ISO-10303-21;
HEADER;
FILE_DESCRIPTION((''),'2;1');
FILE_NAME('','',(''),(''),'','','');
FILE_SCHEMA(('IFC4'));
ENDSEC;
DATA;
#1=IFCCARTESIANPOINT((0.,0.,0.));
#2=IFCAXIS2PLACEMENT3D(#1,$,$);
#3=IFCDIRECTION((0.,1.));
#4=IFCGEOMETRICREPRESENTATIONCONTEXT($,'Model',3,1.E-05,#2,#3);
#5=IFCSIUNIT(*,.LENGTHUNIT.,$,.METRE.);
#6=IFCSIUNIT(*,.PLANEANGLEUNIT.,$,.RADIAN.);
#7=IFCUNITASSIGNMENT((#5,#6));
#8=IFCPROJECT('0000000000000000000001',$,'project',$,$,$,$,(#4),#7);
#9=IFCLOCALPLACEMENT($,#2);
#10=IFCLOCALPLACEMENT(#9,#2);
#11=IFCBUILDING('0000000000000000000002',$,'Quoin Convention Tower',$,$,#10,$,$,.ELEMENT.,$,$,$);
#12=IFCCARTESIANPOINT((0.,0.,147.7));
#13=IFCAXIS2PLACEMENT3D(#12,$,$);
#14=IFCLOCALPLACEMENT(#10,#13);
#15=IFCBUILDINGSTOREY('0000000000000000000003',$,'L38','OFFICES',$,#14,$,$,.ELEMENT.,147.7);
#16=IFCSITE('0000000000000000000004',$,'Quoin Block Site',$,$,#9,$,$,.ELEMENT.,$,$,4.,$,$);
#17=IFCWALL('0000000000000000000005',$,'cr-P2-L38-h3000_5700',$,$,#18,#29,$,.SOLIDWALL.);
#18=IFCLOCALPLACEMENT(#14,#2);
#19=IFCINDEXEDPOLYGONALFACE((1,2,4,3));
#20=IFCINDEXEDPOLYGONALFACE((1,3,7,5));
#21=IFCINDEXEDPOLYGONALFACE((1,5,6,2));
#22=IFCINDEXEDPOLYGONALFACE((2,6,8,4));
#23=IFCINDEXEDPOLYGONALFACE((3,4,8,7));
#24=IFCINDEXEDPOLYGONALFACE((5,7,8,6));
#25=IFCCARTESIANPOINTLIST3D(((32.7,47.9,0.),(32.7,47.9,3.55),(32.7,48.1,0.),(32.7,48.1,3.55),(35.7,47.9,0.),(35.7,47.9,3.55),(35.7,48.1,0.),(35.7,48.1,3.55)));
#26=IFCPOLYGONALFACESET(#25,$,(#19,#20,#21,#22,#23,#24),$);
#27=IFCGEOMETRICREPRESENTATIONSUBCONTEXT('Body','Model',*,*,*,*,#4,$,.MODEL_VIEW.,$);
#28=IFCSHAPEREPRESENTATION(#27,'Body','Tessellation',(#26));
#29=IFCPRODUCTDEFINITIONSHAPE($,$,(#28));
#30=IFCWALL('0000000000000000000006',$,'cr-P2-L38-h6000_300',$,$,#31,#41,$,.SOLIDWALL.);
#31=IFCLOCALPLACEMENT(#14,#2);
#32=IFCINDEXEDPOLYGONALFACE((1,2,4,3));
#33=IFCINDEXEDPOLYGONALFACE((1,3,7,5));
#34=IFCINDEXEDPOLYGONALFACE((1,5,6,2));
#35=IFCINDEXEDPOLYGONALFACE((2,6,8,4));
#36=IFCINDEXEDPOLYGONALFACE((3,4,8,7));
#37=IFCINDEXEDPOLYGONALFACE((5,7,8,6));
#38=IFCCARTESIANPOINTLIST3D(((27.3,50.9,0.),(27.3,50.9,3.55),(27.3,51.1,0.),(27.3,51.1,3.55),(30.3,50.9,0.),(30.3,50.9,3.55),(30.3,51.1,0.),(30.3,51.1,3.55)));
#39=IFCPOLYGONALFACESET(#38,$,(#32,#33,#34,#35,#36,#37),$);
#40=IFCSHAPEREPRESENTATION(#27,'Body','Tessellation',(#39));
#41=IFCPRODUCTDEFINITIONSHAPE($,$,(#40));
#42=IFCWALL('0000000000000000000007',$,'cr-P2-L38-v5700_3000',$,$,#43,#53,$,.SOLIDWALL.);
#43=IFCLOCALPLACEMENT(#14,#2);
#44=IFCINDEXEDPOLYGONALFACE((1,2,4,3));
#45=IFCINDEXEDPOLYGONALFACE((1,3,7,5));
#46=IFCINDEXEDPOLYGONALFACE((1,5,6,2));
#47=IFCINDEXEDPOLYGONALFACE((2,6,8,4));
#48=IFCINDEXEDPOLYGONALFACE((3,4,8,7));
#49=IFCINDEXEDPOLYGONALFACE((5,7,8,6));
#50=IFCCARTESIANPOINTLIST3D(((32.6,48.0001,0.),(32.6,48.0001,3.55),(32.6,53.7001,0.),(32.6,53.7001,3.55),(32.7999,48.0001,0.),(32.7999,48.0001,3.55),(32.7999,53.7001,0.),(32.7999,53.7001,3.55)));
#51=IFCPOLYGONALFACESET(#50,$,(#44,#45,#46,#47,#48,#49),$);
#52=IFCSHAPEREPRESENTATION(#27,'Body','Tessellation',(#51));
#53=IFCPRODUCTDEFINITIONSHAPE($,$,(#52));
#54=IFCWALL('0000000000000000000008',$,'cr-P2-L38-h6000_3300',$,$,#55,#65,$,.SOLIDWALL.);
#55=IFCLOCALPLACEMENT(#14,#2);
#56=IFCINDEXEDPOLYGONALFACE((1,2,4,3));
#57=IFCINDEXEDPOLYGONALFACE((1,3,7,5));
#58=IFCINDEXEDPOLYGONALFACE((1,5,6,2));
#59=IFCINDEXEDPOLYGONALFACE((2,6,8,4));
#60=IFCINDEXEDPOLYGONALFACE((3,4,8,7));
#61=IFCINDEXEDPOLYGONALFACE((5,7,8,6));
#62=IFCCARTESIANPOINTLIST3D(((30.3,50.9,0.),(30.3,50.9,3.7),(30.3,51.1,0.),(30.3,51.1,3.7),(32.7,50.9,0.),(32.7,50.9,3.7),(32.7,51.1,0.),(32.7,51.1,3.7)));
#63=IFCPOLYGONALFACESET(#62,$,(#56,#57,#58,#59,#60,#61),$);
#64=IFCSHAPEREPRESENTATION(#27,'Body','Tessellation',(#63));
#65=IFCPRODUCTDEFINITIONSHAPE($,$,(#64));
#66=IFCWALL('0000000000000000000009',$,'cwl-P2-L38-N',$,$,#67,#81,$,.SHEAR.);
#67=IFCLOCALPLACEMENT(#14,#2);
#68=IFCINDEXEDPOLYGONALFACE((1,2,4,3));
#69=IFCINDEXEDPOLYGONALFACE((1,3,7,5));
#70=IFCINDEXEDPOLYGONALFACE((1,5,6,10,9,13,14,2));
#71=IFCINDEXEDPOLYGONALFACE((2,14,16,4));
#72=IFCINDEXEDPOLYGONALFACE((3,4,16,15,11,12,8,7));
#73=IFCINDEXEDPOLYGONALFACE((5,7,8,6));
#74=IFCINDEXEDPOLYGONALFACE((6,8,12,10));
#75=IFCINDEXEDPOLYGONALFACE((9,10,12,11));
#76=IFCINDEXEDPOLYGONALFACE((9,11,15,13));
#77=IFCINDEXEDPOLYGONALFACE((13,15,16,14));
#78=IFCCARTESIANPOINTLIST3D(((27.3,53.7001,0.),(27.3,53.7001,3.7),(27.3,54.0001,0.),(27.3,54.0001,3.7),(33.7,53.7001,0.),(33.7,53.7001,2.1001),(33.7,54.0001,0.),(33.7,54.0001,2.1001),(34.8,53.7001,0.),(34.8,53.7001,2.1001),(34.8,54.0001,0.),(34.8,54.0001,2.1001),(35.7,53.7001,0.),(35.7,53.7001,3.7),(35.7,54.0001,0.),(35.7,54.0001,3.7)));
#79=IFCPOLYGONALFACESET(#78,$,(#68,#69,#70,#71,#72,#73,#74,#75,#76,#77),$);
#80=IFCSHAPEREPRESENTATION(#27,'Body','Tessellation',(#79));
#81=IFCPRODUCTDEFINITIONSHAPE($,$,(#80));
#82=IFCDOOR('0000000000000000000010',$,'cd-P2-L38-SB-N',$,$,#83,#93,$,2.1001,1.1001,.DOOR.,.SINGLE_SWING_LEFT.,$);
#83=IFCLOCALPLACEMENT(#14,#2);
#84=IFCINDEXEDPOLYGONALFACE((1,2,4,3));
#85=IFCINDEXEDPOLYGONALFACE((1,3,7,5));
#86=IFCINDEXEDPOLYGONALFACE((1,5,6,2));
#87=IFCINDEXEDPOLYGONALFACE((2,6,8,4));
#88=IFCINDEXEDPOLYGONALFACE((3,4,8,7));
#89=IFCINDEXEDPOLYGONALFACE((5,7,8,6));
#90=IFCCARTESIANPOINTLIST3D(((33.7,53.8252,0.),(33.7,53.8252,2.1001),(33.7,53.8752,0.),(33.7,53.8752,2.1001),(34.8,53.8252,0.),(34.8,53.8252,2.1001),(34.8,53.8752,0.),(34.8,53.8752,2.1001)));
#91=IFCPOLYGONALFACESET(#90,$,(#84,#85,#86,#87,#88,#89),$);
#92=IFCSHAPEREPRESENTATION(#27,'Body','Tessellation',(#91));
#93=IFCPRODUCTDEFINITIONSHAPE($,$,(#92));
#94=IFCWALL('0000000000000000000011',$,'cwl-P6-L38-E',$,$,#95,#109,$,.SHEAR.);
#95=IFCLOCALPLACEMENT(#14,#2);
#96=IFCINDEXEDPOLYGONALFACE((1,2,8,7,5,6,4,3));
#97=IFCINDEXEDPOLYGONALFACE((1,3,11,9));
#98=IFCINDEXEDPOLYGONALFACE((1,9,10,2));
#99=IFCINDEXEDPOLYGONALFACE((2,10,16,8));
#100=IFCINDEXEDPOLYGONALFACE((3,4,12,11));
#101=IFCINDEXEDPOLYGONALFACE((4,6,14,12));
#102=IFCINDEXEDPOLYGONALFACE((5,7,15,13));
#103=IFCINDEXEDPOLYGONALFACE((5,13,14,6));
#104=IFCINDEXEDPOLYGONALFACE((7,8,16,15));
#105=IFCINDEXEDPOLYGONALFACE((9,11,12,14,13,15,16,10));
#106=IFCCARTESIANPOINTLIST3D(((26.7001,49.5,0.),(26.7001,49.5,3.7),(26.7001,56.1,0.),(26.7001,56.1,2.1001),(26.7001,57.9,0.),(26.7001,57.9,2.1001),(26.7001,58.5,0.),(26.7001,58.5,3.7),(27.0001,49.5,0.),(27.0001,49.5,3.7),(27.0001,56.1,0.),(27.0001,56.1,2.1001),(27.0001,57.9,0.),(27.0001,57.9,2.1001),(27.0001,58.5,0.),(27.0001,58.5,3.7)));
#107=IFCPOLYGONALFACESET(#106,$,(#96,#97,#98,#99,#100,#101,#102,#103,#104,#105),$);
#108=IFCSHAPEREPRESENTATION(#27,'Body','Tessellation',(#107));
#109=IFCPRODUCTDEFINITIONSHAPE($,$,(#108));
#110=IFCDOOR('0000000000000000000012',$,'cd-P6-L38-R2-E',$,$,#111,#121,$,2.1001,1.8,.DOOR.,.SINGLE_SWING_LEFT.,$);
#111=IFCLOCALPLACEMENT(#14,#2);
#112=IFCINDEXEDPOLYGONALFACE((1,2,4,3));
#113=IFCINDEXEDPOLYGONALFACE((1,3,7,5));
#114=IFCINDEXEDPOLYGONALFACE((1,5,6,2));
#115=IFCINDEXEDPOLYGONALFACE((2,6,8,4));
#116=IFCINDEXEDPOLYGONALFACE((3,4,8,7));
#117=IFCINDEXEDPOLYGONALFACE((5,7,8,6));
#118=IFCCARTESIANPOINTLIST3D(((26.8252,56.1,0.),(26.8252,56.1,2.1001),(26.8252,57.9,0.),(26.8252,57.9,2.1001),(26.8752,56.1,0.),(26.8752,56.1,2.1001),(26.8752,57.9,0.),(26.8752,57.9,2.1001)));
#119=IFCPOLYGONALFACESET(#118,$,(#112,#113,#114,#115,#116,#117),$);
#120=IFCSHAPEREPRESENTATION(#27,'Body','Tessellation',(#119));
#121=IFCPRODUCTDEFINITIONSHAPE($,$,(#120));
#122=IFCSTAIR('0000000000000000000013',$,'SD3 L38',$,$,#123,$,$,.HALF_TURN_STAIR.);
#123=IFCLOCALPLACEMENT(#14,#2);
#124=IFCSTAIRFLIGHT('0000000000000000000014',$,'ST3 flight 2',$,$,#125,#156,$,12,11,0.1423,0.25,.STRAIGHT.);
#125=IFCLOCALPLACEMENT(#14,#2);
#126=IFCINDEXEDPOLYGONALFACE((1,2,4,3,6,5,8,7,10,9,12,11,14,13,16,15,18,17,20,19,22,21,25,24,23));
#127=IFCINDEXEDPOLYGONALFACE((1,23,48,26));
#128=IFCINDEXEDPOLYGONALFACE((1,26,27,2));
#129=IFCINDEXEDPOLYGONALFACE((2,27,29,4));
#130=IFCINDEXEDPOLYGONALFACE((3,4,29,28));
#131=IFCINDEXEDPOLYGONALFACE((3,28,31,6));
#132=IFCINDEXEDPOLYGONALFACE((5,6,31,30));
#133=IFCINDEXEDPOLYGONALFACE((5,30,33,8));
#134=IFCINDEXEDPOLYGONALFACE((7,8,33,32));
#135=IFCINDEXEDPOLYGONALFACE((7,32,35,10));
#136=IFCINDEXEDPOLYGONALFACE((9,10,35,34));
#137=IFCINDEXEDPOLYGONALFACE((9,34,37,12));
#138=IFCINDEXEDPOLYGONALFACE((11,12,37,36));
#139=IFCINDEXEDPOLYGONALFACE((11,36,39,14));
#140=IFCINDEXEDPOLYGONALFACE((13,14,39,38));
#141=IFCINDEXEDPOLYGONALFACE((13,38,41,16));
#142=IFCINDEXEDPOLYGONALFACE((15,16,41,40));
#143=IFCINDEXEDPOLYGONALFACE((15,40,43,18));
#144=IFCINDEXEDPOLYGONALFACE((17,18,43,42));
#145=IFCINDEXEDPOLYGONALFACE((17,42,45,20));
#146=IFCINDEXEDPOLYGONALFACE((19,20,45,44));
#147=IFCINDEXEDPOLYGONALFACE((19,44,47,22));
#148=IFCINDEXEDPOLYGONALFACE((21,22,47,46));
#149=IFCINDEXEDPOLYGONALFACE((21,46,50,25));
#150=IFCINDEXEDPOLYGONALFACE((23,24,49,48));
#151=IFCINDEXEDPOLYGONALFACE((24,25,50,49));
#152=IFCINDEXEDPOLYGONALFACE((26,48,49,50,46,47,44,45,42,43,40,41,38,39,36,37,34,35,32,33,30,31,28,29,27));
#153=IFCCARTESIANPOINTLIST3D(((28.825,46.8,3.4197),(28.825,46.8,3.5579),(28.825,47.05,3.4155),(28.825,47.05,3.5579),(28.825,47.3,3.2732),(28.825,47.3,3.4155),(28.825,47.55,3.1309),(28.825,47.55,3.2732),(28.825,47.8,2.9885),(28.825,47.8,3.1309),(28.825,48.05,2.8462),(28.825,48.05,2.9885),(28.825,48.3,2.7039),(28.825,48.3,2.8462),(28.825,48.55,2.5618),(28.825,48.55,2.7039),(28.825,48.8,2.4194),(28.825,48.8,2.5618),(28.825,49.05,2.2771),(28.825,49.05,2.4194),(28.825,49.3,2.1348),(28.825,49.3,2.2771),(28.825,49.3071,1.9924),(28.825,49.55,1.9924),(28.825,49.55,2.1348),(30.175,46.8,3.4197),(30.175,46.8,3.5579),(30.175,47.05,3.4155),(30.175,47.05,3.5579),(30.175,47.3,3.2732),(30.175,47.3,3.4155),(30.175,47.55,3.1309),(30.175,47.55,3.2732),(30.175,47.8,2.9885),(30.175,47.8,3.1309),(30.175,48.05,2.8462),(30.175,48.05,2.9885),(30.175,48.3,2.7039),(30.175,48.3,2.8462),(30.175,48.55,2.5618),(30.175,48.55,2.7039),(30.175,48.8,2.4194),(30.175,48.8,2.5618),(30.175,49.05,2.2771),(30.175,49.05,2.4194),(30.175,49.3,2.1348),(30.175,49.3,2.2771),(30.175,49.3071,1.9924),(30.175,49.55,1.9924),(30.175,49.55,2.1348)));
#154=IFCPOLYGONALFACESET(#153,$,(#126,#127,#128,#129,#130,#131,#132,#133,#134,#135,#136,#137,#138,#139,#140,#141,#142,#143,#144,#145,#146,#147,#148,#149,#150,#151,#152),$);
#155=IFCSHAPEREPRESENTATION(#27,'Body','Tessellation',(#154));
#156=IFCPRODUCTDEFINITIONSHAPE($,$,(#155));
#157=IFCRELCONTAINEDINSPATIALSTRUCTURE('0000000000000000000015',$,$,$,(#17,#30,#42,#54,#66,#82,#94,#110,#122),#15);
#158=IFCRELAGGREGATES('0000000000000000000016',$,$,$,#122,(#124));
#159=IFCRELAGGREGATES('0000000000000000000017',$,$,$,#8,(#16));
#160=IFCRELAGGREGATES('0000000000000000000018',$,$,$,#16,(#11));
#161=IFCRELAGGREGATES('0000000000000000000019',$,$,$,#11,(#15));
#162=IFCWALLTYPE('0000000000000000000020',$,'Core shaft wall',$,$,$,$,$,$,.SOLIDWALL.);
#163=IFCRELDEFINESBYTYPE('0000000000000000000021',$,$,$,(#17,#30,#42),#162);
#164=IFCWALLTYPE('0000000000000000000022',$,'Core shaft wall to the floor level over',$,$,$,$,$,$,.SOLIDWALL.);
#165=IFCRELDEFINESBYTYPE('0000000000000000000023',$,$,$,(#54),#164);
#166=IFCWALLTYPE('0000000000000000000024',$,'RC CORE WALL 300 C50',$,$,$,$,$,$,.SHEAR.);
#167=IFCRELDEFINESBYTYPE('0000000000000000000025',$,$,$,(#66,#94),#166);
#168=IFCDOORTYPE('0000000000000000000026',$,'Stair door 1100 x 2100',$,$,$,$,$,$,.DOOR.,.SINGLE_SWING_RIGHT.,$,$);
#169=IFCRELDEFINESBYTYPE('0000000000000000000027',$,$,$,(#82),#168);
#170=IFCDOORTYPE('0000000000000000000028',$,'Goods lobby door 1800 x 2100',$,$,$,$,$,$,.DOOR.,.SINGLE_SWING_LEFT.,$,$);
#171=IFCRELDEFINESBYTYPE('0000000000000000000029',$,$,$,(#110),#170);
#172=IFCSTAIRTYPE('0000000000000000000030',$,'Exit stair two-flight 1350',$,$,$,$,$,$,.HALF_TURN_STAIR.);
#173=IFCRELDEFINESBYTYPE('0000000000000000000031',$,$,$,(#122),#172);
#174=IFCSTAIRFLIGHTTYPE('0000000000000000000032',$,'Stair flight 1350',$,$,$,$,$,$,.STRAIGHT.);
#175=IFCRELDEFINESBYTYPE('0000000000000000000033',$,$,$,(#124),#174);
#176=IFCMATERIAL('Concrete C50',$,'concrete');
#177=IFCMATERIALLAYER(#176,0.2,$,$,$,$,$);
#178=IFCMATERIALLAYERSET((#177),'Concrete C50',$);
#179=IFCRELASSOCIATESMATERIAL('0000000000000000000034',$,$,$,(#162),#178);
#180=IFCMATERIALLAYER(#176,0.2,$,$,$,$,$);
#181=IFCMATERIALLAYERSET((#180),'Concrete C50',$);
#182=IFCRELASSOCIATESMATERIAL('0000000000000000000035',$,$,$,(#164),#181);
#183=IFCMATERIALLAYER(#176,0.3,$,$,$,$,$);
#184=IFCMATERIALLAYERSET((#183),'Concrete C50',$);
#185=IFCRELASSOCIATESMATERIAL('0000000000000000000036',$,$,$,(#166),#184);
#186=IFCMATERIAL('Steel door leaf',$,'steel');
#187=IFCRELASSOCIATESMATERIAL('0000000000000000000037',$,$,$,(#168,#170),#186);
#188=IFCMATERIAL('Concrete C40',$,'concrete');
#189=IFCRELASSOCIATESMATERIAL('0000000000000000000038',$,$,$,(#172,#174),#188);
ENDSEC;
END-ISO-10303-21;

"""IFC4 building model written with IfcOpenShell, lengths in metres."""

from ifc_helpers import new_model, si_unit, direction, frame, frame_2d, origin, place, context, subcontext, project, spatial, polyline, rectangle, outline, extrude, material, layer, layer_set, type_object, element, fill, aggregate, save


model = new_model("IFC4")

# Units and contexts
model_context = context("Model", 3, precision=1e-05, world=origin(), true_north=direction((0.0, 1.0)))
body_context = subcontext(model_context, "Body", "Model", "MODEL_VIEW")
ifc_project = project(units=[si_unit("LENGTHUNIT", "METRE"), si_unit("PLANEANGLEUNIT", "RADIAN")], contexts=[model_context])

# Site, building, storey
site_placement = place(None, origin())
site = spatial("IfcSite", under=ifc_project, at=site_placement, Name="Quoin Block Site", CompositionType="ELEMENT", RefElevation=4.0)
building_placement = place(site_placement, origin())
building = spatial("IfcBuilding", under=site, at=building_placement, Name="Quoin Convention Tower", CompositionType="ELEMENT")
storey_placement = place(building_placement, frame((0.0, 0.0, 147.7)))
storey = spatial("IfcBuildingStorey", under=building, at=storey_placement, Name="L38", Description="OFFICES", CompositionType="ELEMENT", Elevation=147.7)

# Shared definitions
ifc_material_1 = material(Name="Concrete C50", Category="concrete")

# Walls
ifc_layer_1 = layer(ifc_material_1, 0.2)
ifc_layer_set_1 = layer_set([ifc_layer_1], Name="Concrete C50")
wall_type_1 = type_object("IfcWallType", Name="Core shaft wall", PredefinedType="SOLIDWALL", material=ifc_layer_set_1)
for number, where, z_axis, x_axis, name in (
    (1, (32.7, 48.0, 0.0), (0.0, 0.0, 1.0), (1.0, 0.0, 0.0), "cr-P2-L38-h3000_5700"),
    (2, (27.3, 51.0, 0.0), (0.0, 0.0, 1.0), (1.0, 0.0, 0.0), "cr-P2-L38-h6000_300"),
):
    element("IfcWall", number, at=place(storey_placement, frame(where, z_axis=z_axis, x_axis=x_axis)), inside=storey, type_object=wall_type_1, Name=name, PredefinedType="SOLIDWALL", context=body_context, shape_type="SweptSolid", body=[
        extrude(rectangle(XDim=3.0, YDim=0.2, at=frame_2d((1.5, 0.0))), origin(), (0.0, 0.0, 1.0), 3.55),
    ])
wall_1_placement = place(storey_placement, frame((32.7, 48.0, 0.0), z_axis=(0.0, 0.0, 1.0), x_axis=(0.0, 1.0, 0.0)))
element("IfcWall", 3, at=wall_1_placement, inside=storey, type_object=wall_type_1, Name="cr-P2-L38-v5700_3000", PredefinedType="SOLIDWALL", context=body_context, shape_type="SweptSolid", body=[
    extrude(rectangle(XDim=5.7, YDim=0.2, at=frame_2d((2.8501, 0.0))), origin(), (0.0, 0.0, 1.0), 3.55),
])
ifc_layer_2 = layer(ifc_material_1, 0.2)
ifc_layer_set_2 = layer_set([ifc_layer_2], Name="Concrete C50")
wall_type_2 = type_object("IfcWallType", Name="Core shaft wall to the floor level over", PredefinedType="SOLIDWALL", material=ifc_layer_set_2)
wall_2_placement = place(storey_placement, frame((30.3, 51.0, 0.0), z_axis=(0.0, 0.0, 1.0), x_axis=(1.0, 0.0, 0.0)))
element("IfcWall", 4, at=wall_2_placement, inside=storey, type_object=wall_type_2, Name="cr-P2-L38-h6000_3300", PredefinedType="SOLIDWALL", context=body_context, shape_type="SweptSolid", body=[
    extrude(rectangle(XDim=2.3999, YDim=0.2, at=frame_2d((1.2, 0.0))), origin(), (0.0, 0.0, 1.0), 3.7),
])

# Walls, openings, doors
ifc_layer_3 = layer(ifc_material_1, 0.3)
ifc_layer_set_3 = layer_set([ifc_layer_3], Name="Concrete C50")
wall_type_3 = type_object("IfcWallType", Name="RC CORE WALL 300 C50", PredefinedType="SHEAR", material=ifc_layer_set_3)
wall_3_placement = place(storey_placement, frame((27.3, 53.8501, 0.0), z_axis=(0.0, 0.0, 1.0), x_axis=(1.0, 0.0, 0.0)))
wall_3 = element("IfcWall", 5, at=wall_3_placement, inside=storey, type_object=wall_type_3, Name="cwl-P2-L38-N", PredefinedType="SHEAR", context=body_context, shape_type="SweptSolid", body=[
    extrude(rectangle(XDim=8.3999, YDim=0.3, at=frame_2d((4.2, 0.0))), origin(), (0.0, 0.0, 1.0), 3.7),
])
opening_1_placement = place(wall_3_placement, frame((6.3999, 0.0, 0.0)))
opening_1 = element("IfcOpeningElement", 6, at=opening_1_placement, cuts=wall_3, PredefinedType="OPENING", context=body_context, shape_type="SweptSolid", body=[
    extrude(rectangle(XDim=1.1001, YDim=2.1001, at=frame_2d((0.55, 1.05))), frame((0.0, 0.1599, 0.0), z_axis=(0.0, -1.0, 0.0), x_axis=(1.0, 0.0, 0.0)), (0.0, 0.0, 1.0), 0.3201),
])
ifc_material_2 = material(Name="Steel door leaf", Category="steel")
door_type_1 = type_object("IfcDoorType", Name="Stair door 1100 x 2100", OperationType="SINGLE_SWING_RIGHT", PredefinedType="DOOR", material=ifc_material_2)
door_1_placement = place(opening_1_placement, frame((1.1001, 0.0, 0.0), z_axis=(0.0, 0.0, 1.0), x_axis=(-1.0, 0.0, 0.0)))
door_1 = element("IfcDoor", 7, at=door_1_placement, inside=storey, type_object=door_type_1, Name="cd-P2-L38-SB-N", OperationType="SINGLE_SWING_LEFT", OverallHeight=2.1001, OverallWidth=1.1001, PredefinedType="DOOR", context=body_context, shape_type="SweptSolid", body=[
    extrude(rectangle(XDim=1.1001, YDim=2.1001, at=frame_2d((0.55, 1.05))), frame((0.0, 0.0249, 0.0), z_axis=(0.0, -1.0, 0.0), x_axis=(1.0, 0.0, 0.0)), (0.0, 0.0, 1.0), 0.05),
])
fill(opening_1, door_1)
wall_4_placement = place(storey_placement, frame((26.8501, 49.5, 0.0), z_axis=(0.0, 0.0, 1.0), x_axis=(0.0, 1.0, 0.0)))
wall_4 = element("IfcWall", 8, at=wall_4_placement, inside=storey, type_object=wall_type_3, Name="cwl-P6-L38-E", PredefinedType="SHEAR", context=body_context, shape_type="SweptSolid", body=[
    extrude(rectangle(XDim=9.0, YDim=0.3, at=frame_2d((4.5, 0.0))), origin(), (0.0, 0.0, 1.0), 3.7),
])
opening_2_placement = place(wall_4_placement, frame((6.6001, 0.0, 0.0)))
opening_2 = element("IfcOpeningElement", 9, at=opening_2_placement, cuts=wall_4, PredefinedType="OPENING", context=body_context, shape_type="SweptSolid", body=[
    extrude(rectangle(XDim=1.8, YDim=2.1001, at=frame_2d((0.8999, 1.05))), frame((0.0, 0.1599, 0.0), z_axis=(0.0, -1.0, 0.0), x_axis=(1.0, 0.0, 0.0)), (0.0, 0.0, 1.0), 0.3201),
])
door_type_2 = type_object("IfcDoorType", Name="Goods lobby door 1800 x 2100", OperationType="SINGLE_SWING_LEFT", PredefinedType="DOOR", material=ifc_material_2)
door_2_placement = place(opening_2_placement, origin())
door_2 = element("IfcDoor", 10, at=door_2_placement, inside=storey, type_object=door_type_2, Name="cd-P6-L38-R2-E", OperationType="SINGLE_SWING_LEFT", OverallHeight=2.1001, OverallWidth=1.8, PredefinedType="DOOR", context=body_context, shape_type="SweptSolid", body=[
    extrude(rectangle(XDim=1.8, YDim=2.1001, at=frame_2d((0.8999, 1.05))), frame((0.0, 0.0249, 0.0), z_axis=(0.0, -1.0, 0.0), x_axis=(1.0, 0.0, 0.0)), (0.0, 0.0, 1.0), 0.05),
])
fill(opening_2, door_2)

# Stair, stair flight
ifc_material_3 = material(Name="Concrete C40", Category="concrete")
stair_type_1 = type_object("IfcStairType", Name="Exit stair two-flight 1350", PredefinedType="HALF_TURN_STAIR", material=ifc_material_3)
stair_1_placement = place(storey_placement, origin())
stair_1 = element("IfcStair", 11, at=stair_1_placement, inside=storey, type_object=stair_type_1, Name="SD3 L38", PredefinedType="HALF_TURN_STAIR")
stair_flight_type_1 = type_object("IfcStairFlightType", Name="Stair flight 1350", PredefinedType="STRAIGHT", material=ifc_material_3)
stair_flight_1_placement = place(storey_placement, frame((29.5, 49.55, 1.9924), z_axis=(0.0, 0.0, 1.0), x_axis=(0.0, -1.0, 0.0)))
stair_flight_1 = element("IfcStairFlight", 12, at=stair_flight_1_placement, type_object=stair_flight_type_1, Name="ST3 flight 2", NumberOfRisers=12, NumberOfTreads=11, PredefinedType="STRAIGHT", RiserHeight=0.1423, TreadLength=0.25, context=body_context, shape_type="SweptSolid", body=[
    extrude(outline(polyline([(0.0, 0.0), (0.0, 0.1423), (0.25, 0.1423), (0.25, 0.2847), (0.5, 0.2847), (0.5, 0.427), (0.75, 0.427), (0.75, 0.5693), (1.0, 0.5693), (1.0, 0.7114), (1.25, 0.7114), (1.25, 0.8538), (1.5, 0.8538), (1.5, 0.9961), (1.75, 0.9961), (1.75, 1.1384), (2.0, 1.1384), (2.0, 1.2808), (2.25, 1.2808), (2.25, 1.4231), (2.5, 1.4231), (2.5, 1.5654), (2.75, 1.5654), (2.75, 1.7078), (2.75, 1.4272), (0.2429, 0.0), (0.0, 0.0)])), frame((0.0, 0.675, 0.0), z_axis=(0.0, -1.0, 0.0), x_axis=(1.0, 0.0, 0.0)), (0.0, 0.0, 1.0), 1.3501),
])
aggregate(stair_1, [stair_flight_1])

save(model, "model.ifc")
